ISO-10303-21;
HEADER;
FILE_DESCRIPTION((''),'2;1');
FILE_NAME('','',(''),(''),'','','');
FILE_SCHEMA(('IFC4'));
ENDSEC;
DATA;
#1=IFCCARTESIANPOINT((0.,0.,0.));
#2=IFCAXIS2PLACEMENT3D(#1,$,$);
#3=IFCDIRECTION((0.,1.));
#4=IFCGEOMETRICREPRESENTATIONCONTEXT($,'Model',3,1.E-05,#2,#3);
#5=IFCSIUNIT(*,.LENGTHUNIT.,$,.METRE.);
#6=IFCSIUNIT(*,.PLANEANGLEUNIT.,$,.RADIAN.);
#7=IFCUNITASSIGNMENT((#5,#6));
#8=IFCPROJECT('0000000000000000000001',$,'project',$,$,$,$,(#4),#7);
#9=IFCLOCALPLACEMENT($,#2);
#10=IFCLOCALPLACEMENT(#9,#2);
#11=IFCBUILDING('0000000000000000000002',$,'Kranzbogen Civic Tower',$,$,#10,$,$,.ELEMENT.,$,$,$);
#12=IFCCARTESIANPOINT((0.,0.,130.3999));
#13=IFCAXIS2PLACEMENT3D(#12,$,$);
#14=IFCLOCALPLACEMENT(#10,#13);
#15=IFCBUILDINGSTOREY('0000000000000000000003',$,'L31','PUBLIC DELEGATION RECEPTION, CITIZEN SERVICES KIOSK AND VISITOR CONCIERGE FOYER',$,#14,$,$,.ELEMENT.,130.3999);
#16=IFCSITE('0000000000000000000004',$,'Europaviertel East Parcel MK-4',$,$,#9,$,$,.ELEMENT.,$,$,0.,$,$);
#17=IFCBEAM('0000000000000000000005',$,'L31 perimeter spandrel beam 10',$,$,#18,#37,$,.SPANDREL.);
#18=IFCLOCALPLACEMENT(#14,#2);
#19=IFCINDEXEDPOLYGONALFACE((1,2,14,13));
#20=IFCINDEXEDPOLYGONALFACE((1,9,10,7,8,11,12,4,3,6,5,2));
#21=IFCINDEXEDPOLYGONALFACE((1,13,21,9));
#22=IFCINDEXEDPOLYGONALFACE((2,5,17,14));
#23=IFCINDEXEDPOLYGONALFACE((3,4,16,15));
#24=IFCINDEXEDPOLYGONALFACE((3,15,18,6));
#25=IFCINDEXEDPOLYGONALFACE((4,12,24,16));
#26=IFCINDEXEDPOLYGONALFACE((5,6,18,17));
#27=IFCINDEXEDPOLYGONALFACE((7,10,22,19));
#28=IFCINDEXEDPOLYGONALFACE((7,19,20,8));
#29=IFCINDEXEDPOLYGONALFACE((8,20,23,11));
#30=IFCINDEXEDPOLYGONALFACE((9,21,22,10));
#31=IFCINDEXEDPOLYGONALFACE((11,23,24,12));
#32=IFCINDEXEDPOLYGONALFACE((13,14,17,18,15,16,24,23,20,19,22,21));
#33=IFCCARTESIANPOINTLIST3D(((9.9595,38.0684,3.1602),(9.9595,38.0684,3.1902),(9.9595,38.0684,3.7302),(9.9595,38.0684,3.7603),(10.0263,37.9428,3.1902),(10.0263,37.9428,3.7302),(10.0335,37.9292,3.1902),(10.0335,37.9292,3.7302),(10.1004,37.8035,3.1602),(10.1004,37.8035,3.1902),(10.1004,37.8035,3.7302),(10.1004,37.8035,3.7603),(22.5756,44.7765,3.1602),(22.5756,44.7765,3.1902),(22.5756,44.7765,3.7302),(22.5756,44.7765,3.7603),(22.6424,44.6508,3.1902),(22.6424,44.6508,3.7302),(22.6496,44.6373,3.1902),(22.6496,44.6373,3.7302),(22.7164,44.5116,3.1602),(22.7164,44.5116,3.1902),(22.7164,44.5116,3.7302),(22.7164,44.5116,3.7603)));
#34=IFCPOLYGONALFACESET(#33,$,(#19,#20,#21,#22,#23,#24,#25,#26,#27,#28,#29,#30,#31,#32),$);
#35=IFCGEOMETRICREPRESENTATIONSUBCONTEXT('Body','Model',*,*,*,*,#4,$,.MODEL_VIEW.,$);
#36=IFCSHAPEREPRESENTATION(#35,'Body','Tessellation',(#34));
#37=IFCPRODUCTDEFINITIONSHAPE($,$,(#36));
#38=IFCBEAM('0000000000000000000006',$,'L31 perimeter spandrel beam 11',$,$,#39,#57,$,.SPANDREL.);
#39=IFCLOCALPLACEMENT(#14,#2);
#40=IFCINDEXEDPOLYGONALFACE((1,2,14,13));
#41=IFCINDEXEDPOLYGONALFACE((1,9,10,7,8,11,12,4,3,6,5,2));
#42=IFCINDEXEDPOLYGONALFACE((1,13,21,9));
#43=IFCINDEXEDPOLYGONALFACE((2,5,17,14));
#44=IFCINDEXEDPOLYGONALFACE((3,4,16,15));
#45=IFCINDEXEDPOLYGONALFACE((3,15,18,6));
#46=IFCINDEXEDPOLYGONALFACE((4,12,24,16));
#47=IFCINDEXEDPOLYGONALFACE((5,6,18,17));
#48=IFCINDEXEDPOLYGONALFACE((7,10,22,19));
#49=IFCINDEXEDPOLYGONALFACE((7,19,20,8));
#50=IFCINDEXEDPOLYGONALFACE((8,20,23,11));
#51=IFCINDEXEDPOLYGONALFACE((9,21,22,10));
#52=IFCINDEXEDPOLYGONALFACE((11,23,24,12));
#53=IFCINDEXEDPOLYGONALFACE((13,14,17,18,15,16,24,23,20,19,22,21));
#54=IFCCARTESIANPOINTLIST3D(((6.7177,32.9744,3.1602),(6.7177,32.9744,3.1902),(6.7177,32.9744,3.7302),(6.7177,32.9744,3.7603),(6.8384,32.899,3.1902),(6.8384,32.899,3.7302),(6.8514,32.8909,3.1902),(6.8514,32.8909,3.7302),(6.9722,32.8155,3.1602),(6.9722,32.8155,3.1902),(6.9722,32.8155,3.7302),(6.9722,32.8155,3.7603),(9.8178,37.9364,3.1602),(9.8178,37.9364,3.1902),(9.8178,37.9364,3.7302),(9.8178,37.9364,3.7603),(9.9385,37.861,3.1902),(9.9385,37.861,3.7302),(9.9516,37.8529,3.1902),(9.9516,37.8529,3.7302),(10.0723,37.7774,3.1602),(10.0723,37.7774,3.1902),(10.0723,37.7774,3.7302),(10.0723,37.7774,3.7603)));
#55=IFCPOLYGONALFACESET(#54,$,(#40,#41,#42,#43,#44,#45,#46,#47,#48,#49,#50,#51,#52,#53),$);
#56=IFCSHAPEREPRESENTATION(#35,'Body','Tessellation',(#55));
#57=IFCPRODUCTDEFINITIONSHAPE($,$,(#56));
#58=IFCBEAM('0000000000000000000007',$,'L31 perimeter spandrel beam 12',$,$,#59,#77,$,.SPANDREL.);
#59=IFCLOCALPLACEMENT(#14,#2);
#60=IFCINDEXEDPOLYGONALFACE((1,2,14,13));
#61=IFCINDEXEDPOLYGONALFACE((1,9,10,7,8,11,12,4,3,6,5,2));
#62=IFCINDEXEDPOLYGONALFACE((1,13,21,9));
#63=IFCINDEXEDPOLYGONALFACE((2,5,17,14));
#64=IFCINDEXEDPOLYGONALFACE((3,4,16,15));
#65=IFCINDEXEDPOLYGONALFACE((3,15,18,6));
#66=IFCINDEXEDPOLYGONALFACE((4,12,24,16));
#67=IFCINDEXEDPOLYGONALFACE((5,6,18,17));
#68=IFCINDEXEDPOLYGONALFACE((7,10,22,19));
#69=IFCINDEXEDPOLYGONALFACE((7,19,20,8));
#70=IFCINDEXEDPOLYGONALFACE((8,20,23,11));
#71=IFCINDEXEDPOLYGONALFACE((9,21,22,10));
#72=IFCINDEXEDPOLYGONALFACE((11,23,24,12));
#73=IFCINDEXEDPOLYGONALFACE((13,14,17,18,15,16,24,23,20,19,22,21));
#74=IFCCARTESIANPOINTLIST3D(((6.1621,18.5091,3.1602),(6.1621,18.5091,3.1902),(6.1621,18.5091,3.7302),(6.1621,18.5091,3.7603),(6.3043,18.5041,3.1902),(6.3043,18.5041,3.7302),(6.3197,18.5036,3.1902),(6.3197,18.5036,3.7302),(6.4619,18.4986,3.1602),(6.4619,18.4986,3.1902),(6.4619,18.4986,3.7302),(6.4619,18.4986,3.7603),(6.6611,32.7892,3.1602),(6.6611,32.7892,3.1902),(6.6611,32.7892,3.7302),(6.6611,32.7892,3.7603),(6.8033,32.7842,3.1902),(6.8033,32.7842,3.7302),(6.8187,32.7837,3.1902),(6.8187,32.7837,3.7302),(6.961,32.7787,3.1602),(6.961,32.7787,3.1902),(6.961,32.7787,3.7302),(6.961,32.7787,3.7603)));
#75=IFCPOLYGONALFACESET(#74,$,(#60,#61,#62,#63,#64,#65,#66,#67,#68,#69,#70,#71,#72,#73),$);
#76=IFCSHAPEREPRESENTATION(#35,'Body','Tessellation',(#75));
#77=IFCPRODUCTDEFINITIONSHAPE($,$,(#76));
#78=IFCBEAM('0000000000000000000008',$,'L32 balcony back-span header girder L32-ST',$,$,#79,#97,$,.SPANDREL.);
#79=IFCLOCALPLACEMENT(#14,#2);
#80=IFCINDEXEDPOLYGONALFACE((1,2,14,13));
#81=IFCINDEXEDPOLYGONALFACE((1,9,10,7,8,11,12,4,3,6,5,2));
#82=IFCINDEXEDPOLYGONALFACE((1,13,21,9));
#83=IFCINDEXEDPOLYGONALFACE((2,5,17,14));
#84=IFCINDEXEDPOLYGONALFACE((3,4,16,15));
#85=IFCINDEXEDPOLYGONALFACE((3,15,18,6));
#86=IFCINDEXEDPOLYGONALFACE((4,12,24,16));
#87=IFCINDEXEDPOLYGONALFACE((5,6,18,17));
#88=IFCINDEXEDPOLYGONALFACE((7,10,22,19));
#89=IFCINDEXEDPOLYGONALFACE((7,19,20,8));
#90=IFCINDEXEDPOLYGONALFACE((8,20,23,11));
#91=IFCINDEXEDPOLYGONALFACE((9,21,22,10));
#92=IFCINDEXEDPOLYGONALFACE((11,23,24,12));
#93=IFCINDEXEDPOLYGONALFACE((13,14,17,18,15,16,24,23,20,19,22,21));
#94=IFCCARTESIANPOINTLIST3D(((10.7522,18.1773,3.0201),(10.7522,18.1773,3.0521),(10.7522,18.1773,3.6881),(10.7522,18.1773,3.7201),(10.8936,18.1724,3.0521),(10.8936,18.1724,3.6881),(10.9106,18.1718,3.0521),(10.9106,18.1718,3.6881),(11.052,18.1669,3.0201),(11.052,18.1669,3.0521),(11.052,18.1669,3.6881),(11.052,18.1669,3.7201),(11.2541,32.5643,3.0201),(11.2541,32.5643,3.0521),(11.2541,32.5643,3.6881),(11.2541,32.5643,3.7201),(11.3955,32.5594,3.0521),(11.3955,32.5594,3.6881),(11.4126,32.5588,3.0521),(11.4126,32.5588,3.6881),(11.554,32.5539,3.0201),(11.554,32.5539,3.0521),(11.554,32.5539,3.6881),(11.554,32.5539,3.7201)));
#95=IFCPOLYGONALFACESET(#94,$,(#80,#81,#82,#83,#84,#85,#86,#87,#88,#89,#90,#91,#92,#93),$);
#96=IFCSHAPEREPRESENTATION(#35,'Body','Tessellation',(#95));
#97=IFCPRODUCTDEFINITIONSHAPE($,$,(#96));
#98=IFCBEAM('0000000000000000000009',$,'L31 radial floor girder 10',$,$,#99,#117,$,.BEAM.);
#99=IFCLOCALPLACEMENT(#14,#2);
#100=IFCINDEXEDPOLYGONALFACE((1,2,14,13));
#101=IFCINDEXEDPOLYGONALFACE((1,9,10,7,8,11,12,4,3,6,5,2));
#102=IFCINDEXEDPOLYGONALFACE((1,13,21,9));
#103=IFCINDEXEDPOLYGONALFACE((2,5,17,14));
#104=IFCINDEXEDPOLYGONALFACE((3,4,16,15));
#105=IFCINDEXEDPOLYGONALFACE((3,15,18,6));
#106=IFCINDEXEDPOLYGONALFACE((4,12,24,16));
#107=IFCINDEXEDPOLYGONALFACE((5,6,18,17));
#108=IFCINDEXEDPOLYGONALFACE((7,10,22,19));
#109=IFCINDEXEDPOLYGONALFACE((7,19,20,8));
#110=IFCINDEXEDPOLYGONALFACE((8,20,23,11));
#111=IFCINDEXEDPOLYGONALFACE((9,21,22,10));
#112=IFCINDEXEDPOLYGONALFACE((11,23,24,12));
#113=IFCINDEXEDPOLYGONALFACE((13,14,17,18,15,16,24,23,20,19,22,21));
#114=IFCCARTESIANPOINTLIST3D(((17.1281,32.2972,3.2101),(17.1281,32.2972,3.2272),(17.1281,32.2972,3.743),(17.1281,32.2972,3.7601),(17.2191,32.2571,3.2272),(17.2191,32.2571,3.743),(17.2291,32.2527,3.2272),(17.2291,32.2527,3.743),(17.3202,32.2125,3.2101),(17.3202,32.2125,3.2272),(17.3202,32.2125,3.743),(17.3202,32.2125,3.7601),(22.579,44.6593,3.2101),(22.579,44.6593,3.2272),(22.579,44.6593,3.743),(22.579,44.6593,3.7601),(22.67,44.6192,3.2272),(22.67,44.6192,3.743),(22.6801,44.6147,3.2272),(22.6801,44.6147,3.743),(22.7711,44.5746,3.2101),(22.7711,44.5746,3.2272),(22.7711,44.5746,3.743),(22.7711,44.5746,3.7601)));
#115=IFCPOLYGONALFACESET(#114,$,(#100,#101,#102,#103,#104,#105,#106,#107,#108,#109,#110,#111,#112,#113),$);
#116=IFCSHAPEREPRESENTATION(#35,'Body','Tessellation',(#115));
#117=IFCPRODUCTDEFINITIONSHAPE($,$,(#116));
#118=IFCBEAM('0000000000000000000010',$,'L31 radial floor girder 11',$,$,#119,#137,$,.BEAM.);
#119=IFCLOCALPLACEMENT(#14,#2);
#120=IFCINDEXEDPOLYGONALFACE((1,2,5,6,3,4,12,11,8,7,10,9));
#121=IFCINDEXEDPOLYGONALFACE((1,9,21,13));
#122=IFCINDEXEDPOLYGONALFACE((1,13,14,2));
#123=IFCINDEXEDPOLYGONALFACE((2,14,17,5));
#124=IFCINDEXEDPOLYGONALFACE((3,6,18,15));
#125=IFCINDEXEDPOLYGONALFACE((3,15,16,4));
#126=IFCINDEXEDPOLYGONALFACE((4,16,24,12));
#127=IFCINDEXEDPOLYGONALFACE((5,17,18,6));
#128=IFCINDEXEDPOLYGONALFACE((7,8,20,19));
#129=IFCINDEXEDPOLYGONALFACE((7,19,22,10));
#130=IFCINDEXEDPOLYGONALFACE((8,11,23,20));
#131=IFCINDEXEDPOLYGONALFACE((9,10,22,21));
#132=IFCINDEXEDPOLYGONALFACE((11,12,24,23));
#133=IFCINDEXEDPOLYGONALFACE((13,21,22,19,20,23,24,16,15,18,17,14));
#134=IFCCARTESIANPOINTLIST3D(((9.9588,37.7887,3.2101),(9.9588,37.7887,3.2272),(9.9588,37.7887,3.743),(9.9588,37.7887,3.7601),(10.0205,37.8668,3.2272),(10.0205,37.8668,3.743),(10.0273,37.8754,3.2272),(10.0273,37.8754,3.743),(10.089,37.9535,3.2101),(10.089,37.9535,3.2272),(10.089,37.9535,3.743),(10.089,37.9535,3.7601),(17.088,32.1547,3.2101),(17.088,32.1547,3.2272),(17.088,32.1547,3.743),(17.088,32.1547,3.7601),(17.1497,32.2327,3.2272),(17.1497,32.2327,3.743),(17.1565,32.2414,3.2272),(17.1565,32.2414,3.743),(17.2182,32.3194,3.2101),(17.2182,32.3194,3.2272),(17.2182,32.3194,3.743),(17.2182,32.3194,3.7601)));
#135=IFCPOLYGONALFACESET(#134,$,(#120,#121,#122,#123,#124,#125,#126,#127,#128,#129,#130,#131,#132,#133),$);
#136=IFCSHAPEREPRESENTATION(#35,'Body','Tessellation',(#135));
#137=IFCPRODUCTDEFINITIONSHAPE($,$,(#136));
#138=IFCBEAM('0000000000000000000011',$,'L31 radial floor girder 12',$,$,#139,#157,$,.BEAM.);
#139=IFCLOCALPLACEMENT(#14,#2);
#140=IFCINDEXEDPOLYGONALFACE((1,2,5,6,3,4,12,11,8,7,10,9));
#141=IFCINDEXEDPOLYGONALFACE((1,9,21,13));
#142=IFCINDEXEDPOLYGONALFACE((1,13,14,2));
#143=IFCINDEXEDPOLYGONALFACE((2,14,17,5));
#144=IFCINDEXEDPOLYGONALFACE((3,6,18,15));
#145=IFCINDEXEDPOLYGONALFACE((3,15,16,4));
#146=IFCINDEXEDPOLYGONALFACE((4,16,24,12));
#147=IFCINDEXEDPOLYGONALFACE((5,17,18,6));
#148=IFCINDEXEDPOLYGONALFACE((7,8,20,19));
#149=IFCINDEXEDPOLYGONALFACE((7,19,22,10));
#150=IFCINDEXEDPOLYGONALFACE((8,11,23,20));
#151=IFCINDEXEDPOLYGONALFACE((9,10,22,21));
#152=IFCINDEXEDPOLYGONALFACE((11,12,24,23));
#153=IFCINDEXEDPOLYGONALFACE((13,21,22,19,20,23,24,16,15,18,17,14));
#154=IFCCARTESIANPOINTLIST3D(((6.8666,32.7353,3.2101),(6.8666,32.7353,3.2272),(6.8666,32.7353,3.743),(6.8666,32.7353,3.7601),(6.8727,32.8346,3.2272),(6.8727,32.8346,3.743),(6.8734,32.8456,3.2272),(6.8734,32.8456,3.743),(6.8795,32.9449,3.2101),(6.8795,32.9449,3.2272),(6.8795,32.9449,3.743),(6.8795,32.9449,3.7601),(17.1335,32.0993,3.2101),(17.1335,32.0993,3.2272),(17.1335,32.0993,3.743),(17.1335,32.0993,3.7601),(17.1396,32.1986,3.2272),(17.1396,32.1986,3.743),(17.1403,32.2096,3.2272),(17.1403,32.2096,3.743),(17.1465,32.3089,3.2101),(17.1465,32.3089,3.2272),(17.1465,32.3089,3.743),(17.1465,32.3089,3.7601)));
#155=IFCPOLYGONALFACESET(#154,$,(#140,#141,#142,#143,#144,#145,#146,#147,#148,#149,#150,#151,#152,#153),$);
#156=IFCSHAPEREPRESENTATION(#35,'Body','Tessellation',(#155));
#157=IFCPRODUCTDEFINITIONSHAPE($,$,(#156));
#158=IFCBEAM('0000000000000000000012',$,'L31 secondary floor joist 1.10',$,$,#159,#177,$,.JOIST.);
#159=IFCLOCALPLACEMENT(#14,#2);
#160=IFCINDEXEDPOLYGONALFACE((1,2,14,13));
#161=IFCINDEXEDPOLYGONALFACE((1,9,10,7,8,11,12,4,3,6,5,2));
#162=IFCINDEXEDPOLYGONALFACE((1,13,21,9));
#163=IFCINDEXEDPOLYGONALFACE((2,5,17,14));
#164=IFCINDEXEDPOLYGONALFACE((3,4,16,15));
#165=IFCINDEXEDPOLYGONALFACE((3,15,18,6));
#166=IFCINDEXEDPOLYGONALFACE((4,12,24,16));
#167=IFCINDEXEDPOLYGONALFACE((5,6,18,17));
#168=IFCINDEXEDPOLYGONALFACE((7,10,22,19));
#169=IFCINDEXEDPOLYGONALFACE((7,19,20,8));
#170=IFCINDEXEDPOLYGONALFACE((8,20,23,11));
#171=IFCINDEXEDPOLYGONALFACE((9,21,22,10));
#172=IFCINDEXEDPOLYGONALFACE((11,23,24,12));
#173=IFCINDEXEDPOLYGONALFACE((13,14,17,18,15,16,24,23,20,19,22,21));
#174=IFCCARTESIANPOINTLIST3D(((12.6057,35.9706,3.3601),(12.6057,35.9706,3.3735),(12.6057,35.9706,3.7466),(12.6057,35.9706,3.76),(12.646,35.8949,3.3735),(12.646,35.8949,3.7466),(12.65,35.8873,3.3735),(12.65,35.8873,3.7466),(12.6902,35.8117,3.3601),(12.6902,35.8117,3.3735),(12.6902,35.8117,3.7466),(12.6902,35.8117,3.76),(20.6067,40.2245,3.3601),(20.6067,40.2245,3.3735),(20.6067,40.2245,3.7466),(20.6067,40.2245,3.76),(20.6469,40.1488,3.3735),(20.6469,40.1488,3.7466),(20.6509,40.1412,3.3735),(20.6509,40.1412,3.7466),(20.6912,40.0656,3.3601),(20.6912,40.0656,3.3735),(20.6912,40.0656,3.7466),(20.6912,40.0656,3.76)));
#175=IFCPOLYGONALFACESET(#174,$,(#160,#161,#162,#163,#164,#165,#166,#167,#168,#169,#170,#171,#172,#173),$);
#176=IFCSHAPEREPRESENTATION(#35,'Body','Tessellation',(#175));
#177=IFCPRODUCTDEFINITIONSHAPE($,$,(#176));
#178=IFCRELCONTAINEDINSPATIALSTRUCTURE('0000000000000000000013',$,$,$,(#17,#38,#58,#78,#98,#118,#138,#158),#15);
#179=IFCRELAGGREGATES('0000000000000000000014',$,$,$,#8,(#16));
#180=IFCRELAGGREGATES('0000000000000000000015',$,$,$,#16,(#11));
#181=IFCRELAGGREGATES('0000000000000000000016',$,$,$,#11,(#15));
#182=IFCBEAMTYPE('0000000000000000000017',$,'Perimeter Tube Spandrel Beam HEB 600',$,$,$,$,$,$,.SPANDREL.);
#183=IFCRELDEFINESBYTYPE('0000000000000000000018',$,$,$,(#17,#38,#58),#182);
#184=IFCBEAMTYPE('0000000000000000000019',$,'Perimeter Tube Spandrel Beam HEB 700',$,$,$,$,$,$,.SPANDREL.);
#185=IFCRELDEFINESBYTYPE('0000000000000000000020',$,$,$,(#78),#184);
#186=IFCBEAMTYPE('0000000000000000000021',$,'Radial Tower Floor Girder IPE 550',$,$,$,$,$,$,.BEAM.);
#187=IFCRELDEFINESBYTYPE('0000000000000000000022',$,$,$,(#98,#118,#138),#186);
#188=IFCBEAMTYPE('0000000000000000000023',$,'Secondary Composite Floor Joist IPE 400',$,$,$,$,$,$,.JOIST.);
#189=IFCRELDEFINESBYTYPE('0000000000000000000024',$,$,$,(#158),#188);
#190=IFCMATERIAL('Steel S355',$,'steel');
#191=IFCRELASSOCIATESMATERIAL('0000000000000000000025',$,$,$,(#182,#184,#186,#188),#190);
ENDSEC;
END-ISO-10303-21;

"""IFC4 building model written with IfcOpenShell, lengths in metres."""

from ifc_helpers import new_model, si_unit, direction, frame, origin, origin_2d, place, context, subcontext, project, spatial, i_section, extrude, material, material_profile, profile_set, type_object, element, save


model = new_model("IFC4")

# Units and contexts
model_context = context("Model", 3, precision=1e-05, world=origin(), true_north=direction((0.0, 1.0)))
body_context = subcontext(model_context, "Body", "Model", "MODEL_VIEW")
ifc_project = project(units=[si_unit("LENGTHUNIT", "METRE"), si_unit("PLANEANGLEUNIT", "RADIAN")], contexts=[model_context])

# Site, building, storey
site_placement = place(None, origin())
site = spatial("IfcSite", under=ifc_project, at=site_placement, Name="Europaviertel East Parcel MK-4", CompositionType="ELEMENT", RefElevation=0.0)
building_placement = place(site_placement, origin())
building = spatial("IfcBuilding", under=site, at=building_placement, Name="Kranzbogen Civic Tower", CompositionType="ELEMENT")
storey_placement = place(building_placement, frame((0.0, 0.0, 130.3999)))
storey = spatial("IfcBuildingStorey", under=building, at=storey_placement, Name="L31", Description="PUBLIC DELEGATION RECEPTION, CITIZEN SERVICES KIOSK AND VISITOR CONCIERGE FOYER", CompositionType="ELEMENT", Elevation=130.3999)

# Beams
ifc_material_1 = material(Name="Steel S355", Category="steel")
ifc_material_profile_1 = material_profile(ifc_material_1, i_section(OverallWidth=0.3, OverallDepth=0.6001, WebThickness=0.0154, FlangeThickness=0.03, at=origin_2d()), Name="HEB 600")
ifc_profile_set_1 = profile_set([ifc_material_profile_1], Name="Steel S355")
beam_type_1 = type_object("IfcBeamType", Name="Perimeter Tube Spandrel Beam HEB 600", PredefinedType="SPANDREL", material=ifc_profile_set_1)
beam_1_placement = place(storey_placement, frame((22.646, 44.644, 3.4602), z_axis=(-0.882948, -0.46947, 0.0), x_axis=(0.46947, -0.882948, 0.0)))
element("IfcBeam", 1, at=beam_1_placement, inside=storey, type_object=beam_type_1, Name="L31 perimeter spandrel beam 10", PredefinedType="SPANDREL", context=body_context, shape_type="SweptSolid", body=[
    extrude(i_section(OverallWidth=0.3, OverallDepth=0.6001, WebThickness=0.0154, FlangeThickness=0.03, at=origin_2d()), origin(), (0.0, 0.0, 1.0), 14.2886),
])
beam_2_placement = place(storey_placement, frame((9.9451, 37.8569, 3.4602), z_axis=(-0.529864, -0.848083, 0.0), x_axis=(0.848083, -0.529864, 0.0)))
element("IfcBeam", 2, at=beam_2_placement, inside=storey, type_object=beam_type_1, Name="L31 perimeter spandrel beam 11", PredefinedType="SPANDREL", context=body_context, shape_type="SweptSolid", body=[
    extrude(i_section(OverallWidth=0.3, OverallDepth=0.6001, WebThickness=0.0154, FlangeThickness=0.03, at=origin_2d()), origin(), (0.0, 0.0, 1.0), 5.8508),
])
beam_3_placement = place(storey_placement, frame((6.811, 32.7839, 3.4602), z_axis=(-0.034924, -0.99939, 0.0), x_axis=(0.99939, -0.034924, 0.0)))
element("IfcBeam", 3, at=beam_3_placement, inside=storey, type_object=beam_type_1, Name="L31 perimeter spandrel beam 12", PredefinedType="SPANDREL", context=body_context, shape_type="SweptSolid", body=[
    extrude(i_section(OverallWidth=0.3, OverallDepth=0.6001, WebThickness=0.0154, FlangeThickness=0.03, at=origin_2d()), origin(), (0.0, 0.0, 1.0), 14.2888),
])
ifc_material_profile_2 = material_profile(ifc_material_1, i_section(OverallWidth=0.3, OverallDepth=0.7, WebThickness=0.0171, FlangeThickness=0.032, at=origin_2d()), Name="HEB 700")
ifc_profile_set_2 = profile_set([ifc_material_profile_2], Name="Steel S355")
beam_type_2 = type_object("IfcBeamType", Name="Perimeter Tube Spandrel Beam HEB 700", PredefinedType="SPANDREL", material=ifc_profile_set_2)
beam_4_placement = place(storey_placement, frame((11.4041, 32.5591, 3.3701), z_axis=(-0.034868, -0.999392, 0.0), x_axis=(0.999392, -0.034868, 0.0)))
element("IfcBeam", 4, at=beam_4_placement, inside=storey, type_object=beam_type_2, Name="L32 balcony back-span header girder L32-ST", PredefinedType="SPANDREL", context=body_context, shape_type="SweptSolid", body=[
    extrude(i_section(OverallWidth=0.3, OverallDepth=0.7, WebThickness=0.0171, FlangeThickness=0.032, at=origin_2d()), origin(), (0.0, 0.0, 1.0), 14.3958),
])
ifc_material_profile_3 = material_profile(ifc_material_1, i_section(OverallWidth=0.21, OverallDepth=0.55, WebThickness=0.011, FlangeThickness=0.0171, at=origin_2d()), Name="IPE 550")
ifc_profile_set_3 = profile_set([ifc_material_profile_3], Name="Steel S355")
beam_type_3 = type_object("IfcBeamType", Name="Radial Tower Floor Girder IPE 550", PredefinedType="BEAM", material=ifc_profile_set_3)
beam_5_placement = place(storey_placement, frame((22.675, 44.6169, 3.4851), z_axis=(-0.403459, -0.914998, 0.0), x_axis=(0.914998, -0.403459, 0.0)))
element("IfcBeam", 5, at=beam_5_placement, inside=storey, type_object=beam_type_3, Name="L31 radial floor girder 10", PredefinedType="BEAM", context=body_context, shape_type="SweptSolid", body=[
    extrude(i_section(OverallWidth=0.21, OverallDepth=0.55, WebThickness=0.011, FlangeThickness=0.0171, at=origin_2d()), origin(), (0.0, 0.0, 1.0), 13.5105),
])
beam_6_placement = place(storey_placement, frame((10.0239, 37.8711, 3.4851), z_axis=(0.784575, -0.620034, 0.0), x_axis=(0.620034, 0.784575, 0.0)))
element("IfcBeam", 6, at=beam_6_placement, inside=storey, type_object=beam_type_3, Name="L31 radial floor girder 11", PredefinedType="BEAM", context=body_context, shape_type="SweptSolid", body=[
    extrude(i_section(OverallWidth=0.21, OverallDepth=0.55, WebThickness=0.011, FlangeThickness=0.0171, at=origin_2d()), origin(), (0.0, 0.0, 1.0), 9.0867),
])
beam_7_placement = place(storey_placement, frame((6.873, 32.8401, 3.4851), z_axis=(0.998087, -0.061827, 0.0), x_axis=(0.061827, 0.998087, 0.0)))
element("IfcBeam", 7, at=beam_7_placement, inside=storey, type_object=beam_type_3, Name="L31 radial floor girder 12", PredefinedType="BEAM", context=body_context, shape_type="SweptSolid", body=[
    extrude(i_section(OverallWidth=0.21, OverallDepth=0.55, WebThickness=0.011, FlangeThickness=0.0171, at=origin_2d()), origin(), (0.0, 0.0, 1.0), 10.2866),
])
ifc_material_profile_4 = material_profile(ifc_material_1, i_section(OverallWidth=0.1799, OverallDepth=0.3999, WebThickness=0.0085, FlangeThickness=0.0134, at=origin_2d()), Name="IPE 400")
ifc_profile_set_4 = profile_set([ifc_material_profile_4], Name="Steel S355")
beam_type_4 = type_object("IfcBeamType", Name="Secondary Composite Floor Joist IPE 400", PredefinedType="JOIST", material=ifc_profile_set_4)
beam_8_placement = place(storey_placement, frame((20.6489, 40.145, 3.5601), z_axis=(-0.882961, -0.469447, 0.0), x_axis=(0.469447, -0.882961, 0.0)))
element("IfcBeam", 8, at=beam_8_placement, inside=storey, type_object=beam_type_4, Name="L31 secondary floor joist 1.10", PredefinedType="JOIST", context=body_context, shape_type="SweptSolid", body=[
    extrude(i_section(OverallWidth=0.1799, OverallDepth=0.3999, WebThickness=0.0085, FlangeThickness=0.0134, at=origin_2d()), origin(), (0.0, 0.0, 1.0), 9.0615),
])

save(model, "model.ifc")
